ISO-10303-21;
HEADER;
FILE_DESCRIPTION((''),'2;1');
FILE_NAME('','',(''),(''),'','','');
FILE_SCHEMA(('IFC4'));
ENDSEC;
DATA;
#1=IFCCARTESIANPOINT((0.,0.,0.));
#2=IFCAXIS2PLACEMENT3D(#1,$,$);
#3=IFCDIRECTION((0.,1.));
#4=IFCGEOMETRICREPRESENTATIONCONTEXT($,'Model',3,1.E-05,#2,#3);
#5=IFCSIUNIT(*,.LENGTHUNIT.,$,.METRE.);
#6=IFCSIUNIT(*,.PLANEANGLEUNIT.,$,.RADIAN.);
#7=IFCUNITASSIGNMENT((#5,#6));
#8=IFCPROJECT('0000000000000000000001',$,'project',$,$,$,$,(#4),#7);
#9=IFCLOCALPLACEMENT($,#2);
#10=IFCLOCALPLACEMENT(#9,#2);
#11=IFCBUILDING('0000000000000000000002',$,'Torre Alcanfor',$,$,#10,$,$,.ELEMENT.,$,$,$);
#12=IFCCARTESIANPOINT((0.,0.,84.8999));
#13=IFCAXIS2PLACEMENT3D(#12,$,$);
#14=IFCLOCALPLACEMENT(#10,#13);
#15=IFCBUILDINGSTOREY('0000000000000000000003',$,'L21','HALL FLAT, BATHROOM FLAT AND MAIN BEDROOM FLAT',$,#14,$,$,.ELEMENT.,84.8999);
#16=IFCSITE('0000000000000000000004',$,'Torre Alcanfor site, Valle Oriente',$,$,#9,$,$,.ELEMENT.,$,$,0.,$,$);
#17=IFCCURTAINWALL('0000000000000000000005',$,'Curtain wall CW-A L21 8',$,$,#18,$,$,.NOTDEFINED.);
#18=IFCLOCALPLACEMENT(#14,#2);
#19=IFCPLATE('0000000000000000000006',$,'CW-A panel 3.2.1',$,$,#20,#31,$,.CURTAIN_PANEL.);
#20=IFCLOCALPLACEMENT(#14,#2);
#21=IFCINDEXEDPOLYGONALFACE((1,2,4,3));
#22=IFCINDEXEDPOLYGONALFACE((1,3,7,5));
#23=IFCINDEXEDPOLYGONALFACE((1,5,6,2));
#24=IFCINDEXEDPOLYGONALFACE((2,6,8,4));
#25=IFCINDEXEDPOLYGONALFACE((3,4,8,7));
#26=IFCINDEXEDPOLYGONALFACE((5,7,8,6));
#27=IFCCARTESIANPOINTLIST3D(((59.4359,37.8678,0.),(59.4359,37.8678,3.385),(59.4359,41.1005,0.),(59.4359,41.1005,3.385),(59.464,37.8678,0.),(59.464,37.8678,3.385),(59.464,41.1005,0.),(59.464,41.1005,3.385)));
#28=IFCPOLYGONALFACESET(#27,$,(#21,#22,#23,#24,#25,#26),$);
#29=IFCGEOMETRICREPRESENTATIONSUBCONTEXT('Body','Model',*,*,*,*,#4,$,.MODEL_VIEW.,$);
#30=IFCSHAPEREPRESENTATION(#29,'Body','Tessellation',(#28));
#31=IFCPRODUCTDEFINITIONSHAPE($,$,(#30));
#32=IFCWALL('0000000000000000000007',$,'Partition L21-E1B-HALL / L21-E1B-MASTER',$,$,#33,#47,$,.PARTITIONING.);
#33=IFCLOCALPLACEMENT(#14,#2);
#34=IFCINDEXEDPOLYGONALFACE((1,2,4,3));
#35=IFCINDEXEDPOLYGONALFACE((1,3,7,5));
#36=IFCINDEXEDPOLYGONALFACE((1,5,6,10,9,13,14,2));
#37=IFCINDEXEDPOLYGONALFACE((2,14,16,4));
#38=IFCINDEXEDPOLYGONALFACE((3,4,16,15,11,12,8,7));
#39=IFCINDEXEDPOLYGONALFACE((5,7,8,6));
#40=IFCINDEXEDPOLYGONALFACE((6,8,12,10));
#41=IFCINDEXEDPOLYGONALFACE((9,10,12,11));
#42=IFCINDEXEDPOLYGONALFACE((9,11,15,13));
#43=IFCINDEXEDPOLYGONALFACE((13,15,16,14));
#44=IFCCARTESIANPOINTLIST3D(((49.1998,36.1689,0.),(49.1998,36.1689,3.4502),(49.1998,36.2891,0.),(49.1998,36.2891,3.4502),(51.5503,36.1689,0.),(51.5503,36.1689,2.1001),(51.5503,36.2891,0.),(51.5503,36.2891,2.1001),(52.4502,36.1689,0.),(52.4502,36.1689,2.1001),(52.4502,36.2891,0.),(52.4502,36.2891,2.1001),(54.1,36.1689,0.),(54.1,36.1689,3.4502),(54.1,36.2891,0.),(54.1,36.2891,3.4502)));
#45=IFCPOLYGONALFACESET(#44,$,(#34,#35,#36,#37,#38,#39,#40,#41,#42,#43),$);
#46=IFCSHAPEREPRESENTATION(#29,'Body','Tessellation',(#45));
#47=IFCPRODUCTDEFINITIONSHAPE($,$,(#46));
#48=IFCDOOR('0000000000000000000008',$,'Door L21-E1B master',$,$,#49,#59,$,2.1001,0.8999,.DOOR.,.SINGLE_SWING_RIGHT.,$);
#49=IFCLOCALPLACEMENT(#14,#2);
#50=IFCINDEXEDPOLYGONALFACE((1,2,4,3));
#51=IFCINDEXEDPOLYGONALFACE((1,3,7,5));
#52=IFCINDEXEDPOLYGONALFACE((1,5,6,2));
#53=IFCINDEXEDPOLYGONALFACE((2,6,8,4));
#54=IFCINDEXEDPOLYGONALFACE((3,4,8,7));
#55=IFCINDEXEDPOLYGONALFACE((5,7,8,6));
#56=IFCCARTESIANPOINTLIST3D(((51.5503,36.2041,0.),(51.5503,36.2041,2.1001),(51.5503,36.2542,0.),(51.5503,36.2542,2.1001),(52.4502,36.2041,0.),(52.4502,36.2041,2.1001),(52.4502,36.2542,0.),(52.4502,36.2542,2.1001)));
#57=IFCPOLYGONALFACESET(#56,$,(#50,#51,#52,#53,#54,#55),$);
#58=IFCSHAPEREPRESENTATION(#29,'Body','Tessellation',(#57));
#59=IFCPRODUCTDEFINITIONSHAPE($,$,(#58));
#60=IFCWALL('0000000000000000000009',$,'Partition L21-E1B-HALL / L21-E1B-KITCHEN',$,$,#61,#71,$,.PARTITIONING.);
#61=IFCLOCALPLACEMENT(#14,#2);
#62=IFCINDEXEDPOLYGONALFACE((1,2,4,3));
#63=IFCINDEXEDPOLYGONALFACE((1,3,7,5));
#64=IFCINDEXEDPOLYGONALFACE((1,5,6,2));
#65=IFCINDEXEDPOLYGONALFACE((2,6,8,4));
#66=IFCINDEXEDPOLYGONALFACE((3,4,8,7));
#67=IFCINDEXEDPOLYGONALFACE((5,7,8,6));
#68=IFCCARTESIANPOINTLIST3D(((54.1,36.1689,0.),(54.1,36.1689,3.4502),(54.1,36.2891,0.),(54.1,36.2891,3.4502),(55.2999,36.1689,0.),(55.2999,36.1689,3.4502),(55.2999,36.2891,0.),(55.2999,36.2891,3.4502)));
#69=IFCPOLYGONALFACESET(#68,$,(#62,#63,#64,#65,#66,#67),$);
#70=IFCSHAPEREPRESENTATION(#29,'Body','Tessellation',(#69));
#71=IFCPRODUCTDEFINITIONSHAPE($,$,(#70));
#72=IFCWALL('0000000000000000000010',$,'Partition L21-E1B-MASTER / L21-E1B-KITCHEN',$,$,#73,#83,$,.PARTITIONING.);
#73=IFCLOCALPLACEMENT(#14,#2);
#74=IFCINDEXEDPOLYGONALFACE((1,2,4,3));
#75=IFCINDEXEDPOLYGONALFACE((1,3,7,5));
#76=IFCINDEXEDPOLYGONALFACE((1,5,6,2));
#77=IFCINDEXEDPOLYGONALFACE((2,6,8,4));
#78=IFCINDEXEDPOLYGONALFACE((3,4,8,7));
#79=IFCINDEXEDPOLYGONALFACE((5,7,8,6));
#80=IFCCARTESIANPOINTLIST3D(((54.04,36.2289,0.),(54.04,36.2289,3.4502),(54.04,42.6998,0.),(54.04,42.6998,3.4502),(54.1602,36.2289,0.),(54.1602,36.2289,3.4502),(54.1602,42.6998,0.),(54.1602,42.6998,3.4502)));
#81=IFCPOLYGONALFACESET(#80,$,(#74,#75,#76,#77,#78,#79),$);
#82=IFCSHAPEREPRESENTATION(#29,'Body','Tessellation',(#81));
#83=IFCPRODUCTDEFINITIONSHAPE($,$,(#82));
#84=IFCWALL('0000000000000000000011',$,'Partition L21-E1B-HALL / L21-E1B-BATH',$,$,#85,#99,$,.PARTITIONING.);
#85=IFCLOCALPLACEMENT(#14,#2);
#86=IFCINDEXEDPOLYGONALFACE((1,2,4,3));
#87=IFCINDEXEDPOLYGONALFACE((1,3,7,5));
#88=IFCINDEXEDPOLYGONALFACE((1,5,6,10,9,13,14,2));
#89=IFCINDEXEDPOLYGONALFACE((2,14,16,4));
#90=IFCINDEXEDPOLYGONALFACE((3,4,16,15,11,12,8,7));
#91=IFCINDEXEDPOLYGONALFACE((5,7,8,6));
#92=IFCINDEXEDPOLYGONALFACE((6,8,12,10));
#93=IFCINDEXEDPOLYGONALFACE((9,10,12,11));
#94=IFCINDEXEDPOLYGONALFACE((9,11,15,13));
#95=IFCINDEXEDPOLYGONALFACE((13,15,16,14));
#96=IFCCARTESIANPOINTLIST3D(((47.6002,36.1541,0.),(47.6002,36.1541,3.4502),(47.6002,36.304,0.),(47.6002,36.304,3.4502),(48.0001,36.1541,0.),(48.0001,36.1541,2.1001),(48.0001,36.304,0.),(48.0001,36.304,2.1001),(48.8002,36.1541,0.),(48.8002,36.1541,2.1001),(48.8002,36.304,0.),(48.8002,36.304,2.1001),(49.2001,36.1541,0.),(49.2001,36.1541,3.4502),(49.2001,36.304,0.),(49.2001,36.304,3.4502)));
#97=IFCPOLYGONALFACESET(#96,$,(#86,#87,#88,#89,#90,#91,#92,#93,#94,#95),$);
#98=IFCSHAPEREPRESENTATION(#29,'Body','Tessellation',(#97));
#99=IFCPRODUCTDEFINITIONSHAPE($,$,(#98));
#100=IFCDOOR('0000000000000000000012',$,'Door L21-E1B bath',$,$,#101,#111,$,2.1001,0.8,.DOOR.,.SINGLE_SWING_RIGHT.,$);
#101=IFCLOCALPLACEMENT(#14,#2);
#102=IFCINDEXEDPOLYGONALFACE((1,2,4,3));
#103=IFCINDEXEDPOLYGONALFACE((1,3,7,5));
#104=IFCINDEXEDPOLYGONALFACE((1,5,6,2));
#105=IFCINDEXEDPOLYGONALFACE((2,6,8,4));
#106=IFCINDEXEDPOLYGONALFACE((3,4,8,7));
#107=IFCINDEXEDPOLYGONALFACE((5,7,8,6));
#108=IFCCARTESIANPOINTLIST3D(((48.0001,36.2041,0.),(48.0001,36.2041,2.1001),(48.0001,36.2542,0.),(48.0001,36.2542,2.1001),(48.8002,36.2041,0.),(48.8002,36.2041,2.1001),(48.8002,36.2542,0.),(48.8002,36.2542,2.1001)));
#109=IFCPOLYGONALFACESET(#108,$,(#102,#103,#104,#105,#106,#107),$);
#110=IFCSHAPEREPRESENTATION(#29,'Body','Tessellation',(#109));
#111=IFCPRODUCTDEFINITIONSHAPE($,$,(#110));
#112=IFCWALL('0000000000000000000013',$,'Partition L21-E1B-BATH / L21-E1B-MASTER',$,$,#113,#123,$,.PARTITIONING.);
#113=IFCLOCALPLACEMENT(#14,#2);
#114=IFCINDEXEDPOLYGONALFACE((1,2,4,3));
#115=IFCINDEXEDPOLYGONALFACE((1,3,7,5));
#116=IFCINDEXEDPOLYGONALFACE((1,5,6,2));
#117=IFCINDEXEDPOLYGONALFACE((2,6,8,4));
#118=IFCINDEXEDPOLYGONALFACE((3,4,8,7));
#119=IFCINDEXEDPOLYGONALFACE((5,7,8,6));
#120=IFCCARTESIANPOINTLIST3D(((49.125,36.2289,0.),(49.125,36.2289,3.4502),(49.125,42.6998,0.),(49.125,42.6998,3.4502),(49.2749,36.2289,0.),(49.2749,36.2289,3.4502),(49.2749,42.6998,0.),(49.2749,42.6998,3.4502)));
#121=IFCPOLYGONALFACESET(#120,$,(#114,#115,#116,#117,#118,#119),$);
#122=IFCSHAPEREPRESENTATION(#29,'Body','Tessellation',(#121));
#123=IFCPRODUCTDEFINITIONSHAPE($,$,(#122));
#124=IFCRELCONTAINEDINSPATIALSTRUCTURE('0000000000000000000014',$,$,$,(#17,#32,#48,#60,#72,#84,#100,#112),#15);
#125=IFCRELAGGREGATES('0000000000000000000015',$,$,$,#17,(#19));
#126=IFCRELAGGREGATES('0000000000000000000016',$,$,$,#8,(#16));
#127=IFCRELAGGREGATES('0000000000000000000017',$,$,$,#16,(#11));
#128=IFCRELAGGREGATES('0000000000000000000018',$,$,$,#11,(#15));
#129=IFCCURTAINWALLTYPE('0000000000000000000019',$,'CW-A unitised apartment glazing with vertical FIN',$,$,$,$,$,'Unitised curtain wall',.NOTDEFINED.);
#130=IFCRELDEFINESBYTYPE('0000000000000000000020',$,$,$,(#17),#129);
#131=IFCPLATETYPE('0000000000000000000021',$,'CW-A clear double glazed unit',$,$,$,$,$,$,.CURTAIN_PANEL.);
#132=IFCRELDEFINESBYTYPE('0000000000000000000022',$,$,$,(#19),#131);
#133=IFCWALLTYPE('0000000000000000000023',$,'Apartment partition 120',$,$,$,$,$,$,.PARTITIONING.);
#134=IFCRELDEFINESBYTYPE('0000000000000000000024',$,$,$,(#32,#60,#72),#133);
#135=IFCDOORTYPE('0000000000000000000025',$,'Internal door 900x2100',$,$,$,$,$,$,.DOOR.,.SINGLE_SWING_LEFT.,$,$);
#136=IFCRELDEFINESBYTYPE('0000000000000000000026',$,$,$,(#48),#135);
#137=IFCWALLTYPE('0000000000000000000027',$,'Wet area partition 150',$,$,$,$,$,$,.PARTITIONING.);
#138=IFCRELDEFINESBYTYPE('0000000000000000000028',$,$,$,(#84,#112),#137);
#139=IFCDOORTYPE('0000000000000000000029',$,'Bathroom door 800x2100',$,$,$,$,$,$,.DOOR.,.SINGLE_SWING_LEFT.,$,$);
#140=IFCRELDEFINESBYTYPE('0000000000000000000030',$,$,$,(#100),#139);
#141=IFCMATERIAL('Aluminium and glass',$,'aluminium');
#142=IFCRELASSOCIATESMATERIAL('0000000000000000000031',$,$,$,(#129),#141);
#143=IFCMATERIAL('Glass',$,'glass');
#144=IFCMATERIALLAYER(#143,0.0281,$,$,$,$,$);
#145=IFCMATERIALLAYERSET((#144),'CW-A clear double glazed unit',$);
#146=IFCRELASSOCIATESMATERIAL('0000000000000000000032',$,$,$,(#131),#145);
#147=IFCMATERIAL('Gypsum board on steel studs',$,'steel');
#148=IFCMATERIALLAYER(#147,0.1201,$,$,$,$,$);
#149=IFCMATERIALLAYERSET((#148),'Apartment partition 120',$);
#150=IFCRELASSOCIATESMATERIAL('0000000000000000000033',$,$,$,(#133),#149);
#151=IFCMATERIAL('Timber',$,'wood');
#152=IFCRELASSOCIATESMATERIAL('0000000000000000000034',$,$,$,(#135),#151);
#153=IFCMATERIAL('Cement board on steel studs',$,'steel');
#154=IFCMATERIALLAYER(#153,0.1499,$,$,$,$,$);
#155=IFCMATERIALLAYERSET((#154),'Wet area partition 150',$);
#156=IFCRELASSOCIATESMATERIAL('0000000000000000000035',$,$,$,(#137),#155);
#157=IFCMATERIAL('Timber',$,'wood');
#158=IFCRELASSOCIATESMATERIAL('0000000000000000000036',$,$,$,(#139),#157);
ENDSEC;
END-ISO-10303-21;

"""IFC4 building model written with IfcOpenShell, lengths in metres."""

from ifc_helpers import new_model, si_unit, direction, frame, frame_2d, origin, origin_2d, place, context, subcontext, project, spatial, rectangle, extrude, material, layer, layer_set, type_object, element, fill, aggregate, save


model = new_model("IFC4")

# Units and contexts
model_context = context("Model", 3, precision=1e-05, world=origin(), true_north=direction((0.0, 1.0)))
body_context = subcontext(model_context, "Body", "Model", "MODEL_VIEW")
ifc_project = project(units=[si_unit("LENGTHUNIT", "METRE"), si_unit("PLANEANGLEUNIT", "RADIAN")], contexts=[model_context])

# Site, building, storey
site_placement = place(None, origin())
site = spatial("IfcSite", under=ifc_project, at=site_placement, Name="Torre Alcanfor site, Valle Oriente", CompositionType="ELEMENT", RefElevation=0.0)
building_placement = place(site_placement, origin())
building = spatial("IfcBuilding", under=site, at=building_placement, Name="Torre Alcanfor", CompositionType="ELEMENT")
storey_placement = place(building_placement, frame((0.0, 0.0, 84.8999)))
storey = spatial("IfcBuildingStorey", under=building, at=storey_placement, Name="L21", Description="HALL FLAT, BATHROOM FLAT AND MAIN BEDROOM FLAT", CompositionType="ELEMENT", Elevation=84.8999)

# Curtain wall
ifc_material_1 = material(Name="Aluminium and glass", Category="aluminium")
curtain_wall_type = type_object("IfcCurtainWallType", Name="CW-A unitised apartment glazing with vertical FIN", ElementType="Unitised curtain wall", PredefinedType="NOTDEFINED", material=ifc_material_1)
curtain_wall_placement = place(storey_placement, origin())
curtain_wall = element("IfcCurtainWall", 1, at=curtain_wall_placement, inside=storey, type_object=curtain_wall_type, Name="Curtain wall CW-A L21 8", PredefinedType="NOTDEFINED")

# Plate
ifc_material_2 = material(Name="Glass", Category="glass")
ifc_layer_1 = layer(ifc_material_2, 0.0281)
ifc_layer_set_1 = layer_set([ifc_layer_1], Name="CW-A clear double glazed unit")
plate_type = type_object("IfcPlateType", Name="CW-A clear double glazed unit", PredefinedType="CURTAIN_PANEL", material=ifc_layer_set_1)
plate_placement = place(storey_placement, frame((59.45, 39.4841, 0.0), z_axis=(0.0, 0.0, 1.0), x_axis=(0.0, 1.0, 0.0)))
plate = element("IfcPlate", 2, at=plate_placement, type_object=plate_type, Name="CW-A panel 3.2.1", PredefinedType="CURTAIN_PANEL", context=body_context, shape_type="SweptSolid", body=[
    extrude(rectangle(XDim=3.2327, YDim=0.0281, at=origin_2d()), origin(), (0.0, 0.0, 1.0), 3.385),
])
aggregate(curtain_wall, [plate])

# Wall, opening, door
ifc_material_3 = material(Name="Gypsum board on steel studs", Category="steel")
ifc_layer_2 = layer(ifc_material_3, 0.1201)
ifc_layer_set_2 = layer_set([ifc_layer_2], Name="Apartment partition 120")
wall_type_1 = type_object("IfcWallType", Name="Apartment partition 120", PredefinedType="PARTITIONING", material=ifc_layer_set_2)
wall_1_placement = place(storey_placement, frame((54.1001, 36.229, 0.0), z_axis=(0.0, 0.0, 1.0), x_axis=(-1.0, 0.0, 0.0)))
wall_1 = element("IfcWall", 3, at=wall_1_placement, inside=storey, type_object=wall_type_1, Name="Partition L21-E1B-HALL / L21-E1B-MASTER", PredefinedType="PARTITIONING", context=body_context, shape_type="SweptSolid", body=[
    extrude(rectangle(XDim=4.9001, YDim=0.1201, at=frame_2d((2.4502, 0.0))), origin(), (0.0, 0.0, 1.0), 3.4502),
])
opening_1_placement = place(wall_1_placement, frame((1.6499, 0.0, 0.0)))
opening_1 = element("IfcOpeningElement", 4, at=opening_1_placement, cuts=wall_1, PredefinedType="OPENING", context=body_context, shape_type="SweptSolid", body=[
    extrude(rectangle(XDim=0.8999, YDim=2.1001, at=frame_2d((0.45, 1.05))), frame((0.0, 0.0701, 0.0), z_axis=(0.0, -1.0, 0.0), x_axis=(1.0, 0.0, 0.0)), (0.0, 0.0, 1.0), 0.1401),
])
ifc_material_4 = material(Name="Timber", Category="wood")
door_type_1 = type_object("IfcDoorType", Name="Internal door 900x2100", OperationType="SINGLE_SWING_LEFT", PredefinedType="DOOR", material=ifc_material_4)
door_1_placement = place(opening_1_placement, frame((0.8999, 0.0, 0.0), z_axis=(0.0, 0.0, 1.0), x_axis=(-1.0, 0.0, 0.0)))
door_1 = element("IfcDoor", 5, at=door_1_placement, inside=storey, type_object=door_type_1, Name="Door L21-E1B master", OperationType="SINGLE_SWING_RIGHT", OverallHeight=2.1001, OverallWidth=0.8999, PredefinedType="DOOR", context=body_context, shape_type="SweptSolid", body=[
    extrude(rectangle(XDim=0.8999, YDim=2.1001, at=frame_2d((0.45, 1.05))), frame((0.0, 0.0251, 0.0), z_axis=(0.0, -1.0, 0.0), x_axis=(1.0, 0.0, 0.0)), (0.0, 0.0, 1.0), 0.05),
])
fill(opening_1, door_1)

# Walls
wall_2_placement = place(storey_placement, frame((55.3, 36.229, 0.0), z_axis=(0.0, 0.0, 1.0), x_axis=(-1.0, 0.0, 0.0)))
element("IfcWall", 6, at=wall_2_placement, inside=storey, type_object=wall_type_1, Name="Partition L21-E1B-HALL / L21-E1B-KITCHEN", PredefinedType="PARTITIONING", context=body_context, shape_type="SweptSolid", body=[
    extrude(rectangle(XDim=1.2, YDim=0.1201, at=frame_2d((0.6001, 0.0))), origin(), (0.0, 0.0, 1.0), 3.4502),
])
wall_3_placement = place(storey_placement, frame((54.1001, 36.229, 0.0), z_axis=(0.0, 0.0, 1.0), x_axis=(0.0, 1.0, 0.0)))
element("IfcWall", 7, at=wall_3_placement, inside=storey, type_object=wall_type_1, Name="Partition L21-E1B-MASTER / L21-E1B-KITCHEN", PredefinedType="PARTITIONING", context=body_context, shape_type="SweptSolid", body=[
    extrude(rectangle(XDim=6.4709, YDim=0.1201, at=frame_2d((3.2354, 0.0))), origin(), (0.0, 0.0, 1.0), 3.4502),
])

# Wall, opening, door
ifc_material_5 = material(Name="Cement board on steel studs", Category="steel")
ifc_layer_3 = layer(ifc_material_5, 0.1499)
ifc_layer_set_3 = layer_set([ifc_layer_3], Name="Wet area partition 150")
wall_type_2 = type_object("IfcWallType", Name="Wet area partition 150", PredefinedType="PARTITIONING", material=ifc_layer_set_3)
wall_4_placement = place(storey_placement, frame((49.2, 36.229, 0.0), z_axis=(0.0, 0.0, 1.0), x_axis=(-1.0, 0.0, 0.0)))
wall_4 = element("IfcWall", 8, at=wall_4_placement, inside=storey, type_object=wall_type_2, Name="Partition L21-E1B-HALL / L21-E1B-BATH", PredefinedType="PARTITIONING", context=body_context, shape_type="SweptSolid", body=[
    extrude(rectangle(XDim=1.5999, YDim=0.1499, at=frame_2d((0.7998, 0.0))), origin(), (0.0, 0.0, 1.0), 3.4502),
])
opening_2_placement = place(wall_4_placement, frame((0.3999, 0.0, 0.0)))
opening_2 = element("IfcOpeningElement", 9, at=opening_2_placement, cuts=wall_4, PredefinedType="OPENING", context=body_context, shape_type="SweptSolid", body=[
    extrude(rectangle(XDim=0.8, YDim=2.1001, at=frame_2d((0.3999, 1.05))), frame((0.0, 0.085, 0.0), z_axis=(0.0, -1.0, 0.0), x_axis=(1.0, 0.0, 0.0)), (0.0, 0.0, 1.0), 0.1699),
])
ifc_material_6 = material(Name="Timber", Category="wood")
door_type_2 = type_object("IfcDoorType", Name="Bathroom door 800x2100", OperationType="SINGLE_SWING_LEFT", PredefinedType="DOOR", material=ifc_material_6)
door_2_placement = place(opening_2_placement, frame((0.8, 0.0, 0.0), z_axis=(0.0, 0.0, 1.0), x_axis=(-1.0, 0.0, 0.0)))
door_2 = element("IfcDoor", 10, at=door_2_placement, inside=storey, type_object=door_type_2, Name="Door L21-E1B bath", OperationType="SINGLE_SWING_RIGHT", OverallHeight=2.1001, OverallWidth=0.8, PredefinedType="DOOR", context=body_context, shape_type="SweptSolid", body=[
    extrude(rectangle(XDim=0.8, YDim=2.1001, at=frame_2d((0.4001, 1.05))), frame((0.0, 0.0251, 0.0), z_axis=(0.0, -1.0, 0.0), x_axis=(1.0, 0.0, 0.0)), (0.0, 0.0, 1.0), 0.05),
])
fill(opening_2, door_2)

# Wall
wall_5_placement = place(storey_placement, frame((49.2, 36.229, 0.0), z_axis=(0.0, 0.0, 1.0), x_axis=(0.0, 1.0, 0.0)))
element("IfcWall", 11, at=wall_5_placement, inside=storey, type_object=wall_type_2, Name="Partition L21-E1B-BATH / L21-E1B-MASTER", PredefinedType="PARTITIONING", context=body_context, shape_type="SweptSolid", body=[
    extrude(rectangle(XDim=6.4709, YDim=0.1499, at=frame_2d((3.2354, 0.0))), origin(), (0.0, 0.0, 1.0), 3.4502),
])

save(model, "model.ifc")
